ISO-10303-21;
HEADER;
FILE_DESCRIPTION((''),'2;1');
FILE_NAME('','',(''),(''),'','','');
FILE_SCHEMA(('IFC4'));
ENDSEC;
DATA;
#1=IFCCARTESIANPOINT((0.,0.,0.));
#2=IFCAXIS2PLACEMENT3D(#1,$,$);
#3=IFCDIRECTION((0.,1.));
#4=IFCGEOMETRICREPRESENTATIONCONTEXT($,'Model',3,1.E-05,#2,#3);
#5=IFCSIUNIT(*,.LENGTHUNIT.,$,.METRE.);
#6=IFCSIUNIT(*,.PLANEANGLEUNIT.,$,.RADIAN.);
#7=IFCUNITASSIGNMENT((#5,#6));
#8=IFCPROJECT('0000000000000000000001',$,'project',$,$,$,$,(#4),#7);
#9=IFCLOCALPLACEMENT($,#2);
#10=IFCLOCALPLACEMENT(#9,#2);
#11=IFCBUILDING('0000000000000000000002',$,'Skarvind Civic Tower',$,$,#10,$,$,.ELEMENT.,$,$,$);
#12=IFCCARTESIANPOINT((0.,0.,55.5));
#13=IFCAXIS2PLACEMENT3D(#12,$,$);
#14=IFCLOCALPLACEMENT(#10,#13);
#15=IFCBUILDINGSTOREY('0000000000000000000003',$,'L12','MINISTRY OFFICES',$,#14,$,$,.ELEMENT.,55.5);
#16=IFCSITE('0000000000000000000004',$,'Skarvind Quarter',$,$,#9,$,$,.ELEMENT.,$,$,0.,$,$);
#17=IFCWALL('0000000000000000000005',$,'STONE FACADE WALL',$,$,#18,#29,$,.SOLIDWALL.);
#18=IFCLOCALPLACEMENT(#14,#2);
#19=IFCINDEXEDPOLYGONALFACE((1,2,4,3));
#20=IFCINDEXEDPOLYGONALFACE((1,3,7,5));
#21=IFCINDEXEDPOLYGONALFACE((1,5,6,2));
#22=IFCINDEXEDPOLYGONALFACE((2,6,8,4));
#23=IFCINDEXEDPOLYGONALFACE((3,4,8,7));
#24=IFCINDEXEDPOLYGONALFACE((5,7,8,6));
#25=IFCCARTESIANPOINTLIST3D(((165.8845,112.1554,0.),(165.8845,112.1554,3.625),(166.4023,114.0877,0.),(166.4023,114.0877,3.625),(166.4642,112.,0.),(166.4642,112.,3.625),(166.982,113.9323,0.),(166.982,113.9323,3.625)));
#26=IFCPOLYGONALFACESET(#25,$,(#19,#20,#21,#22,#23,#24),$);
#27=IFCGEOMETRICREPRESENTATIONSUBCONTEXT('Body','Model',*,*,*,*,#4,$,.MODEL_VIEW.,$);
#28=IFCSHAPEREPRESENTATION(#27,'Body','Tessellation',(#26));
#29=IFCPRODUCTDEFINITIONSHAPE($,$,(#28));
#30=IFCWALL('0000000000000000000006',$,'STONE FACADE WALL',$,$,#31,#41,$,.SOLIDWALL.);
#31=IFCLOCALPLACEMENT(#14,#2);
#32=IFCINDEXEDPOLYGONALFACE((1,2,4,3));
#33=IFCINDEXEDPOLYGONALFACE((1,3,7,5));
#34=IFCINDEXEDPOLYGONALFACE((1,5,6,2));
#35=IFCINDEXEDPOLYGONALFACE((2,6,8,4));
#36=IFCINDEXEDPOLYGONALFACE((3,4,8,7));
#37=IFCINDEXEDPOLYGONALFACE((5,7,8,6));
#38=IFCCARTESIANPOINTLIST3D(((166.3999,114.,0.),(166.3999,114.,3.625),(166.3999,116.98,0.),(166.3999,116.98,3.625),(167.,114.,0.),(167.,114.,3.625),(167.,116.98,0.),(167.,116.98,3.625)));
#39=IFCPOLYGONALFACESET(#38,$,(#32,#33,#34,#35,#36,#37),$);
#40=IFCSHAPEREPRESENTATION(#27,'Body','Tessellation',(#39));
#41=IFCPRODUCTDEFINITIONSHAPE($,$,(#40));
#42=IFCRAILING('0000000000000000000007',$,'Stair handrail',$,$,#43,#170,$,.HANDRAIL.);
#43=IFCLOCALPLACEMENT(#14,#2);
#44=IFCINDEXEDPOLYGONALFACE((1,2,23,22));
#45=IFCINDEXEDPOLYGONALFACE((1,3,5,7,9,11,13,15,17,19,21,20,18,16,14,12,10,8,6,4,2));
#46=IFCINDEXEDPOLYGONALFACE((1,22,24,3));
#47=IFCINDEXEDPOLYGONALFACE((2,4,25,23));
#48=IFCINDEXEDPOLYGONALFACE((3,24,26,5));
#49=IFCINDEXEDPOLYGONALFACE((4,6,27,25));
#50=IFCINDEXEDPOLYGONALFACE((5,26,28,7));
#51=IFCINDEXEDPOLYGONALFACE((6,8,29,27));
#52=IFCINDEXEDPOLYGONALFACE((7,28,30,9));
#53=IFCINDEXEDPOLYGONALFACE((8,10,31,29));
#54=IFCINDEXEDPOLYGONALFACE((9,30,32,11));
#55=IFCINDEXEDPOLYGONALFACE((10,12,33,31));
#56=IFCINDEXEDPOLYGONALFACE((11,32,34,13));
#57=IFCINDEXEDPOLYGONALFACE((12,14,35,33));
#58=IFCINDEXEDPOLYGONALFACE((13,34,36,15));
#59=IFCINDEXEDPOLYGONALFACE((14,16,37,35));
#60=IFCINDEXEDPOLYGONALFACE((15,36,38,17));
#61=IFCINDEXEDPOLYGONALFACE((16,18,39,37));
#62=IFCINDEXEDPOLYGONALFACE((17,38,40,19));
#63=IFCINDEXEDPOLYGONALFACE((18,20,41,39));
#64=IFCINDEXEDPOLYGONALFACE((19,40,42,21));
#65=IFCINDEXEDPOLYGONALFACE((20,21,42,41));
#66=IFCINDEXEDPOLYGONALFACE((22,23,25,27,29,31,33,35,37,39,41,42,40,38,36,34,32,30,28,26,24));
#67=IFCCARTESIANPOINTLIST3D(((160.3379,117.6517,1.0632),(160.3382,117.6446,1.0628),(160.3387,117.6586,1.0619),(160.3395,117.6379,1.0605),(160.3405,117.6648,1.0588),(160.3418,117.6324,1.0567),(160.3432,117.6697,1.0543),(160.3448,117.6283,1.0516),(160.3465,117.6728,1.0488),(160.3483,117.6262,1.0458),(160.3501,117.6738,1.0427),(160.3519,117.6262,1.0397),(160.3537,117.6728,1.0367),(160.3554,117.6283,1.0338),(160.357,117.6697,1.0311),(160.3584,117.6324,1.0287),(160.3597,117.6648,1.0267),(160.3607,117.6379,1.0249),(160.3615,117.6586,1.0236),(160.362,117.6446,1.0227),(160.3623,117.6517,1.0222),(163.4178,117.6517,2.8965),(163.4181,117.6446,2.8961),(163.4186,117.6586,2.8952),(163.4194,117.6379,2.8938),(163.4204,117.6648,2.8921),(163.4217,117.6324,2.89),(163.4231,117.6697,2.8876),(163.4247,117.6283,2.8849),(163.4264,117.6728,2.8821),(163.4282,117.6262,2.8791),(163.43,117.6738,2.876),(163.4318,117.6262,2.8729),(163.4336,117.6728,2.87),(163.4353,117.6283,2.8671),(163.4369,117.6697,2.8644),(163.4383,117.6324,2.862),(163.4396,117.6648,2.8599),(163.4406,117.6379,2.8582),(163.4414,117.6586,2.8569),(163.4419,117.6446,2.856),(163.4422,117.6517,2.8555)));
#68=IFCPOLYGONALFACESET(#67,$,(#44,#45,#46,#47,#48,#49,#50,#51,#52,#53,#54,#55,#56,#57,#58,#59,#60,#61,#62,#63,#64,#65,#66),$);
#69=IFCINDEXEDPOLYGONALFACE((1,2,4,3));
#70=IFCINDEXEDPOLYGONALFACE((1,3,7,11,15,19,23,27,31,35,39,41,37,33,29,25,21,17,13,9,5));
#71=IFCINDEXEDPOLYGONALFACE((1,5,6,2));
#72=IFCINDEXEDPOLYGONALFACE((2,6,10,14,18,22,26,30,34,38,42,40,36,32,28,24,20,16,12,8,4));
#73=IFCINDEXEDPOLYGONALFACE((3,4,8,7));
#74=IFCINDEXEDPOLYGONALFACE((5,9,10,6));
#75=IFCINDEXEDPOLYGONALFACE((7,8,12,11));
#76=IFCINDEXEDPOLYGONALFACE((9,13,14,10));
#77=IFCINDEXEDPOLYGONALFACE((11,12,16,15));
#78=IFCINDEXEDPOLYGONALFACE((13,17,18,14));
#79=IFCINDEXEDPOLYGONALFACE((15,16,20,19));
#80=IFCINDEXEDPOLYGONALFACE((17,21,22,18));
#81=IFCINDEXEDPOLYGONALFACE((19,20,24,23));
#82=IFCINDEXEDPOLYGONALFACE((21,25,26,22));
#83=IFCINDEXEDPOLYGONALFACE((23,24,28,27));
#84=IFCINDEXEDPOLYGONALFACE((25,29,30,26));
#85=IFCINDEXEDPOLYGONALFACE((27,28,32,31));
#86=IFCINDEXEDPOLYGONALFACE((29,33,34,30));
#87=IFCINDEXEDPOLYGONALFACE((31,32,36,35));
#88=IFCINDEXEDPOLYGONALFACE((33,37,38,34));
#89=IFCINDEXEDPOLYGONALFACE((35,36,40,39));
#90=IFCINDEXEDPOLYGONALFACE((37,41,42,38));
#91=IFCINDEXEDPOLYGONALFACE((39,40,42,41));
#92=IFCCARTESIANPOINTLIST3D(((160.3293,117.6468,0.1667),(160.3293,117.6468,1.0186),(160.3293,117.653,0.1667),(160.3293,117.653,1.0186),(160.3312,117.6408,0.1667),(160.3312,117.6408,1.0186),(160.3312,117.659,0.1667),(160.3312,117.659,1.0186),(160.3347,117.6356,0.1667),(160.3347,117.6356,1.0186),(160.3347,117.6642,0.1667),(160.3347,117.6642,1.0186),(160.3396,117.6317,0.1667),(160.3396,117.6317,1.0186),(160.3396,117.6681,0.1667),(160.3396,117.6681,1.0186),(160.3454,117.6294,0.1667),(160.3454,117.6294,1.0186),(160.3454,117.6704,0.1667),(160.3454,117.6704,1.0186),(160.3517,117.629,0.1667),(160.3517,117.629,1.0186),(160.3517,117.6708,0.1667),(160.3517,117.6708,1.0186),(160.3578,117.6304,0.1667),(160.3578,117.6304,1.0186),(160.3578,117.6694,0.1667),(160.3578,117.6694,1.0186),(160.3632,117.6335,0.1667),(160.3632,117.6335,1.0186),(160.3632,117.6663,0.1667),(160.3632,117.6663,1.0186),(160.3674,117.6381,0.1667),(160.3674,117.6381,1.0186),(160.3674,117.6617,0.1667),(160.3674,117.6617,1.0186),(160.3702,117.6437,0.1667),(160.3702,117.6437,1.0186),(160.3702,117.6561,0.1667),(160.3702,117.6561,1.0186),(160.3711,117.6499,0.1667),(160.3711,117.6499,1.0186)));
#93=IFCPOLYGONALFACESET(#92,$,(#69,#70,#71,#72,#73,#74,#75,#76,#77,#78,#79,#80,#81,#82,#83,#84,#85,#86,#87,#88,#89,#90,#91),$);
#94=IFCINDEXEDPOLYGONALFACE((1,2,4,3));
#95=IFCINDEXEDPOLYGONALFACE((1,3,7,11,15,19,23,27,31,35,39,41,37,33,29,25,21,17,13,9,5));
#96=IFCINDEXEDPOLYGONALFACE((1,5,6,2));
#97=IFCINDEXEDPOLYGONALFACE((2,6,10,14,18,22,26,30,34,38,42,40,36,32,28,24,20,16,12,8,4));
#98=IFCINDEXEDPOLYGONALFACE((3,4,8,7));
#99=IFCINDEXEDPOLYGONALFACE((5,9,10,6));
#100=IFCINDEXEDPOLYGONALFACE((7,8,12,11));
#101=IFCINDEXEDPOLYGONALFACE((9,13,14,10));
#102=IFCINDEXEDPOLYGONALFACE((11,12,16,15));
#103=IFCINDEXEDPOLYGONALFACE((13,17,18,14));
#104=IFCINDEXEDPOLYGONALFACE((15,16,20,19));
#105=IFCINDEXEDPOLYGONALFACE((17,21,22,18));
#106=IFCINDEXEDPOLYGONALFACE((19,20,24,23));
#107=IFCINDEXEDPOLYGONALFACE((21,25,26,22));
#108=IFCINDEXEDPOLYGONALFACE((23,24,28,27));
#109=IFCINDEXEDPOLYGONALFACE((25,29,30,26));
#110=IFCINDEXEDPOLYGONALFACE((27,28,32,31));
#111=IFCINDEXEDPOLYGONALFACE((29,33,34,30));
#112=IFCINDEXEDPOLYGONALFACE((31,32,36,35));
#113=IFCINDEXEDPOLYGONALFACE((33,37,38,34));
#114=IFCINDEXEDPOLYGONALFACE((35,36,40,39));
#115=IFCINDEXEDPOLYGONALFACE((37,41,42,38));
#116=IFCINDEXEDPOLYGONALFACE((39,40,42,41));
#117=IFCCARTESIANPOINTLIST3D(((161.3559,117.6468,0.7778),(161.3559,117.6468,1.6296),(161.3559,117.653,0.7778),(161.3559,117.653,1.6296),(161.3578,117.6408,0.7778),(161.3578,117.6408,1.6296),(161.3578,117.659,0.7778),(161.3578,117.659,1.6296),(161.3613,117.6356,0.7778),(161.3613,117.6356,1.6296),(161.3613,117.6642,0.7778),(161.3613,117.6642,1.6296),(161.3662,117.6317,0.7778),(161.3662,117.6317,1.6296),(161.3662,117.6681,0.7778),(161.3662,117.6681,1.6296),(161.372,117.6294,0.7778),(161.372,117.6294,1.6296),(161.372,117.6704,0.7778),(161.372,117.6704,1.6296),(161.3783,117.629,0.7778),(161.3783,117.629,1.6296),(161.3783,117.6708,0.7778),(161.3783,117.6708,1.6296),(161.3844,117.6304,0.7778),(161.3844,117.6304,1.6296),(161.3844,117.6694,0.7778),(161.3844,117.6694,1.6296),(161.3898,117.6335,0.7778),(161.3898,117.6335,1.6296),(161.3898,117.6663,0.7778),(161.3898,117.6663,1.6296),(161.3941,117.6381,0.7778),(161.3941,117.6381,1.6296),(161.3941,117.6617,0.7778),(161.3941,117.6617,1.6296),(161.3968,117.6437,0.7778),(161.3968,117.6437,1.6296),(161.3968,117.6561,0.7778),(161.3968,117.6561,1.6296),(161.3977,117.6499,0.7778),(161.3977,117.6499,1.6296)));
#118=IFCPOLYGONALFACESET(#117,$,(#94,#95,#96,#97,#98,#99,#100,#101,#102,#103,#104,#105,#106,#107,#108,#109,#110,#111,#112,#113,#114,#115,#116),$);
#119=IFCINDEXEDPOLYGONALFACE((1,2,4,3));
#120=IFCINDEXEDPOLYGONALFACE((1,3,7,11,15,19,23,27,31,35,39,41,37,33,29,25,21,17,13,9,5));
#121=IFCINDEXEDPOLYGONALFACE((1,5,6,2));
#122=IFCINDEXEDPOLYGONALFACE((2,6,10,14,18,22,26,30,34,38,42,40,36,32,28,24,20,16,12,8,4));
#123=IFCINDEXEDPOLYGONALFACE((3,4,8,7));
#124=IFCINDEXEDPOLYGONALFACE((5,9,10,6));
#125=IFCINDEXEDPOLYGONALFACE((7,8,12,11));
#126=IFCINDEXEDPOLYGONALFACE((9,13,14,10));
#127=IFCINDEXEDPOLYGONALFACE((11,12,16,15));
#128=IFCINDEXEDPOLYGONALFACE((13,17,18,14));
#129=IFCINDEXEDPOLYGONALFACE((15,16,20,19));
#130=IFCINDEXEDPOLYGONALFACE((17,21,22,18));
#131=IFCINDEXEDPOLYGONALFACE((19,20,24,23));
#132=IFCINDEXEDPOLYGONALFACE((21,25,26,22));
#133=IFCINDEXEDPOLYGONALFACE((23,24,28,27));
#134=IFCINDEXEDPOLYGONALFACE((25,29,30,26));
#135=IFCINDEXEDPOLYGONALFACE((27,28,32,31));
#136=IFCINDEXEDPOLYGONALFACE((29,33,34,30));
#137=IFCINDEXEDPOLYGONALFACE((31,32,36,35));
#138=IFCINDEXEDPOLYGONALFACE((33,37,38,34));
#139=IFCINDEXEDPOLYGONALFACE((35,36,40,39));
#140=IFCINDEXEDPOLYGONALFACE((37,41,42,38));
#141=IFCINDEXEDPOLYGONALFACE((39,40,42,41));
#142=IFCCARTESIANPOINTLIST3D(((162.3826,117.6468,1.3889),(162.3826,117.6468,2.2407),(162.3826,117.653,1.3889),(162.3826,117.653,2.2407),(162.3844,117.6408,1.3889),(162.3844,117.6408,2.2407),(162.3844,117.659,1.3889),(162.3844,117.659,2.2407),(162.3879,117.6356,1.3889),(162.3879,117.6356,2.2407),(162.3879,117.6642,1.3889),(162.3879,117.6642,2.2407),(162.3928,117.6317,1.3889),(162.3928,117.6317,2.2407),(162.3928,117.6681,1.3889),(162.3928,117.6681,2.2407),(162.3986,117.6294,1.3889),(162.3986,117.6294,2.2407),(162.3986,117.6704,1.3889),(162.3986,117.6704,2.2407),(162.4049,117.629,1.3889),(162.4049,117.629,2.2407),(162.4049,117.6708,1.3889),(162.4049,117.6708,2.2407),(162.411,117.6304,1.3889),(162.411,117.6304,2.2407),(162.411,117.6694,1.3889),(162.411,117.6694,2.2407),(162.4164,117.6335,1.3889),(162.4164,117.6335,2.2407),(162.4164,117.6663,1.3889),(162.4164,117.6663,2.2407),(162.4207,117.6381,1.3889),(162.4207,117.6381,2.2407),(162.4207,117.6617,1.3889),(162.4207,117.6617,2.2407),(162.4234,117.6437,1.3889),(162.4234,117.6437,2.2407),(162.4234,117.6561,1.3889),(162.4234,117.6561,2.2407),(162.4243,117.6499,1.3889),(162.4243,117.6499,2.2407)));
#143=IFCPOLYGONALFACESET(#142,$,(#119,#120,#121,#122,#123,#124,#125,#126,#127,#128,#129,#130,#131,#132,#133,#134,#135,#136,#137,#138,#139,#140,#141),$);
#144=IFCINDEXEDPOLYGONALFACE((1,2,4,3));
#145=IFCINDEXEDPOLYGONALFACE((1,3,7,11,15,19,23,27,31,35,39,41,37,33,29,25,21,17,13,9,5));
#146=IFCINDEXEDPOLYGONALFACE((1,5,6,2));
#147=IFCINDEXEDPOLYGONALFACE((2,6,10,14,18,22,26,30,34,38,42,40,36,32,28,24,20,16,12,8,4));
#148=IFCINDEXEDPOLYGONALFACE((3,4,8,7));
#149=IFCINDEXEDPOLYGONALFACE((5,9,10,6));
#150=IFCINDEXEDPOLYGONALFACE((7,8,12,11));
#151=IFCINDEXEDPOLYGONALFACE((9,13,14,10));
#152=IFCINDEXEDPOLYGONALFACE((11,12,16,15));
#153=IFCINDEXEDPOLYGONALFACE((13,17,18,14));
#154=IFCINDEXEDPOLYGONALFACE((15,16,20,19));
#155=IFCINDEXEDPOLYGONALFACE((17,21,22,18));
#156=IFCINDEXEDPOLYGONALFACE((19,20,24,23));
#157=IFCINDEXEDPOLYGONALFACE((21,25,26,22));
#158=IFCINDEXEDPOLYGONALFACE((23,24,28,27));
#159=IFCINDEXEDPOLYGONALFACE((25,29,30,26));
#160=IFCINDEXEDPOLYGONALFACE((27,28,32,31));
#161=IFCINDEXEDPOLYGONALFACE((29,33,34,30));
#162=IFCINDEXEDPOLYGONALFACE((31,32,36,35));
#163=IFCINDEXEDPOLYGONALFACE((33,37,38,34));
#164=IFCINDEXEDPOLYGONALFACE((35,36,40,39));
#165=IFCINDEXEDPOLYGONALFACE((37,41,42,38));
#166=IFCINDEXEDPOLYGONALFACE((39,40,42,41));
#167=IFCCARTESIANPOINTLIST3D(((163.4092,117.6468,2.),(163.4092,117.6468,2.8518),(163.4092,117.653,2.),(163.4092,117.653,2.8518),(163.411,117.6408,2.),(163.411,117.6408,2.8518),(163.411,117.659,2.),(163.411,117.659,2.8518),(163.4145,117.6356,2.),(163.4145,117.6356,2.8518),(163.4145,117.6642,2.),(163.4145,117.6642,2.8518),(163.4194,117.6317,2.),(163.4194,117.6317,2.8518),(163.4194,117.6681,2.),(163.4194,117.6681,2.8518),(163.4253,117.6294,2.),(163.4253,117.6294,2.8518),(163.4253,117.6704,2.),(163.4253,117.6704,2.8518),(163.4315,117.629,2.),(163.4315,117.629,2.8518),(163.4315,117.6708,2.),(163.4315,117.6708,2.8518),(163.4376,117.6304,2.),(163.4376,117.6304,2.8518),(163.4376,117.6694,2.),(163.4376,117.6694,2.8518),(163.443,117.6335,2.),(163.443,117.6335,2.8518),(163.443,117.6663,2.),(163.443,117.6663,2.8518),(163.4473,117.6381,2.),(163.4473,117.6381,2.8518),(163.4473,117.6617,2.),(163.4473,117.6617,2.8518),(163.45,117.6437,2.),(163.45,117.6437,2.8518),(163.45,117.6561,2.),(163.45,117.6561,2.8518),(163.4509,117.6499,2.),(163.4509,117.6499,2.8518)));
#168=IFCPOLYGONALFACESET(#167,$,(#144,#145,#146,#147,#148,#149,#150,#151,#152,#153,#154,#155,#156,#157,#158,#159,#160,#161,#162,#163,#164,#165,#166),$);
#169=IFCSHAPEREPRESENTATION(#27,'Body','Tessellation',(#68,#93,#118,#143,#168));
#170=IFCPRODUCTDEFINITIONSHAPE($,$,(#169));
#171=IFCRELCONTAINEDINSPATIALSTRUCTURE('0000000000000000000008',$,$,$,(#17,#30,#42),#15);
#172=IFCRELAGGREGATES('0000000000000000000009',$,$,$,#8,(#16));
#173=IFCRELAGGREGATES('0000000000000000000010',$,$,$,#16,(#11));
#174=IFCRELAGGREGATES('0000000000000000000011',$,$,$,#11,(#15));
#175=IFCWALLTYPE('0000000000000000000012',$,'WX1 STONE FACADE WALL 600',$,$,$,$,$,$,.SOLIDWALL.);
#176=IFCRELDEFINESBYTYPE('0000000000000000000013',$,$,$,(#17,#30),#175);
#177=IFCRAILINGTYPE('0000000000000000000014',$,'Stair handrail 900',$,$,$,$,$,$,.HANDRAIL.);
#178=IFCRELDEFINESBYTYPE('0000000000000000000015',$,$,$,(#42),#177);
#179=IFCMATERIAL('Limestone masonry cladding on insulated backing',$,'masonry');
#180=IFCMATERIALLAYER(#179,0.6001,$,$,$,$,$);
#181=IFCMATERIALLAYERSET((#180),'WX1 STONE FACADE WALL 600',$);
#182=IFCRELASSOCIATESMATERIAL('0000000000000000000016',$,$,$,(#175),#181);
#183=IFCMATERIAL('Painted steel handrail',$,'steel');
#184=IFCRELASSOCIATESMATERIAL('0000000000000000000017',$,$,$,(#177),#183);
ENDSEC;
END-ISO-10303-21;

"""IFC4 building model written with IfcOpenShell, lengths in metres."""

from ifc_helpers import new_model, si_unit, direction, frame, frame_2d, origin, origin_2d, place, context, subcontext, project, spatial, rectangle, circle, extrude, material, layer, layer_set, type_object, element, save


model = new_model("IFC4")

# Units and contexts
model_context = context("Model", 3, precision=1e-05, world=origin(), true_north=direction((0.0, 1.0)))
body_context = subcontext(model_context, "Body", "Model", "MODEL_VIEW")
ifc_project = project(units=[si_unit("LENGTHUNIT", "METRE"), si_unit("PLANEANGLEUNIT", "RADIAN")], contexts=[model_context])

# Site, building, storey
site_placement = place(None, origin())
site = spatial("IfcSite", under=ifc_project, at=site_placement, Name="Skarvind Quarter", CompositionType="ELEMENT", RefElevation=0.0)
building_placement = place(site_placement, origin())
building = spatial("IfcBuilding", under=site, at=building_placement, Name="Skarvind Civic Tower", CompositionType="ELEMENT")
storey_placement = place(building_placement, frame((0.0, 0.0, 55.5)))
storey = spatial("IfcBuildingStorey", under=building, at=storey_placement, Name="L12", Description="MINISTRY OFFICES", CompositionType="ELEMENT", Elevation=55.5)

# Shared definitions
ifc_material_1 = material(Name="Limestone masonry cladding on insulated backing", Category="masonry")
ifc_layer_1 = layer(ifc_material_1, 0.6001)
ifc_layer_set_1 = layer_set([ifc_layer_1], Name="WX1 STONE FACADE WALL 600")
wall_type_1 = type_object("IfcWallType", Name="WX1 STONE FACADE WALL 600", PredefinedType="SOLIDWALL", material=ifc_layer_set_1)

# Walls
wall_1_placement = place(storey_placement, frame((166.6921, 114.01, 0.0), z_axis=(0.0, 0.0, 1.0), x_axis=(-0.25884, -0.96592, 0.0)))
element("IfcWall", 1, at=wall_1_placement, inside=storey, type_object=wall_type_1, Name="STONE FACADE WALL", PredefinedType="SOLIDWALL", context=body_context, shape_type="SweptSolid", body=[
    extrude(rectangle(XDim=2.0005, YDim=0.6001, at=frame_2d((1.0002, 0.0))), origin(), (0.0, 0.0, 1.0), 3.625),
])
wall_2_placement = place(storey_placement, frame((166.7, 116.98, 0.0), z_axis=(0.0, 0.0, 1.0), x_axis=(0.0, -1.0, 0.0)))
element("IfcWall", 2, at=wall_2_placement, inside=storey, type_object=wall_type_1, Name="STONE FACADE WALL", PredefinedType="SOLIDWALL", context=body_context, shape_type="SweptSolid", body=[
    extrude(rectangle(XDim=2.98, YDim=0.6001, at=frame_2d((1.49, 0.0))), origin(), (0.0, 0.0, 1.0), 3.625),
])

# Railing
ifc_material_2 = material(Name="Painted steel handrail", Category="steel")
railing_type = type_object("IfcRailingType", Name="Stair handrail 900", PredefinedType="HANDRAIL", material=ifc_material_2)
railing_placement = place(storey_placement, frame((160.3501, 117.6499, 0.1667)))
element("IfcRailing", 3, at=railing_placement, inside=storey, type_object=railing_type, Name="Stair handrail", PredefinedType="HANDRAIL", context=body_context, shape_type="SweptSolid", body=[
    extrude(circle(Radius=0.0239, at=origin_2d()), frame((0.0, 0.0, 0.876), z_axis=(0.859291, 0.0, 0.511487), x_axis=(0.0, 1.0, 0.0)), (0.0, 0.0, 1.0), 3.5842),
    extrude(circle(Radius=0.021, at=origin_2d()), origin(), (0.0, 0.0, 1.0), 0.8518),
    extrude(circle(Radius=0.021, at=origin_2d()), frame((1.0266, 0.0, 0.6111)), (0.0, 0.0, 1.0), 0.8518),
    extrude(circle(Radius=0.021, at=origin_2d()), frame((2.0532, 0.0, 1.2222)), (0.0, 0.0, 1.0), 0.8518),
    extrude(circle(Radius=0.021, at=origin_2d()), frame((3.0798, 0.0, 1.8333)), (0.0, 0.0, 1.0), 0.8518),
])

save(model, "model.ifc")
